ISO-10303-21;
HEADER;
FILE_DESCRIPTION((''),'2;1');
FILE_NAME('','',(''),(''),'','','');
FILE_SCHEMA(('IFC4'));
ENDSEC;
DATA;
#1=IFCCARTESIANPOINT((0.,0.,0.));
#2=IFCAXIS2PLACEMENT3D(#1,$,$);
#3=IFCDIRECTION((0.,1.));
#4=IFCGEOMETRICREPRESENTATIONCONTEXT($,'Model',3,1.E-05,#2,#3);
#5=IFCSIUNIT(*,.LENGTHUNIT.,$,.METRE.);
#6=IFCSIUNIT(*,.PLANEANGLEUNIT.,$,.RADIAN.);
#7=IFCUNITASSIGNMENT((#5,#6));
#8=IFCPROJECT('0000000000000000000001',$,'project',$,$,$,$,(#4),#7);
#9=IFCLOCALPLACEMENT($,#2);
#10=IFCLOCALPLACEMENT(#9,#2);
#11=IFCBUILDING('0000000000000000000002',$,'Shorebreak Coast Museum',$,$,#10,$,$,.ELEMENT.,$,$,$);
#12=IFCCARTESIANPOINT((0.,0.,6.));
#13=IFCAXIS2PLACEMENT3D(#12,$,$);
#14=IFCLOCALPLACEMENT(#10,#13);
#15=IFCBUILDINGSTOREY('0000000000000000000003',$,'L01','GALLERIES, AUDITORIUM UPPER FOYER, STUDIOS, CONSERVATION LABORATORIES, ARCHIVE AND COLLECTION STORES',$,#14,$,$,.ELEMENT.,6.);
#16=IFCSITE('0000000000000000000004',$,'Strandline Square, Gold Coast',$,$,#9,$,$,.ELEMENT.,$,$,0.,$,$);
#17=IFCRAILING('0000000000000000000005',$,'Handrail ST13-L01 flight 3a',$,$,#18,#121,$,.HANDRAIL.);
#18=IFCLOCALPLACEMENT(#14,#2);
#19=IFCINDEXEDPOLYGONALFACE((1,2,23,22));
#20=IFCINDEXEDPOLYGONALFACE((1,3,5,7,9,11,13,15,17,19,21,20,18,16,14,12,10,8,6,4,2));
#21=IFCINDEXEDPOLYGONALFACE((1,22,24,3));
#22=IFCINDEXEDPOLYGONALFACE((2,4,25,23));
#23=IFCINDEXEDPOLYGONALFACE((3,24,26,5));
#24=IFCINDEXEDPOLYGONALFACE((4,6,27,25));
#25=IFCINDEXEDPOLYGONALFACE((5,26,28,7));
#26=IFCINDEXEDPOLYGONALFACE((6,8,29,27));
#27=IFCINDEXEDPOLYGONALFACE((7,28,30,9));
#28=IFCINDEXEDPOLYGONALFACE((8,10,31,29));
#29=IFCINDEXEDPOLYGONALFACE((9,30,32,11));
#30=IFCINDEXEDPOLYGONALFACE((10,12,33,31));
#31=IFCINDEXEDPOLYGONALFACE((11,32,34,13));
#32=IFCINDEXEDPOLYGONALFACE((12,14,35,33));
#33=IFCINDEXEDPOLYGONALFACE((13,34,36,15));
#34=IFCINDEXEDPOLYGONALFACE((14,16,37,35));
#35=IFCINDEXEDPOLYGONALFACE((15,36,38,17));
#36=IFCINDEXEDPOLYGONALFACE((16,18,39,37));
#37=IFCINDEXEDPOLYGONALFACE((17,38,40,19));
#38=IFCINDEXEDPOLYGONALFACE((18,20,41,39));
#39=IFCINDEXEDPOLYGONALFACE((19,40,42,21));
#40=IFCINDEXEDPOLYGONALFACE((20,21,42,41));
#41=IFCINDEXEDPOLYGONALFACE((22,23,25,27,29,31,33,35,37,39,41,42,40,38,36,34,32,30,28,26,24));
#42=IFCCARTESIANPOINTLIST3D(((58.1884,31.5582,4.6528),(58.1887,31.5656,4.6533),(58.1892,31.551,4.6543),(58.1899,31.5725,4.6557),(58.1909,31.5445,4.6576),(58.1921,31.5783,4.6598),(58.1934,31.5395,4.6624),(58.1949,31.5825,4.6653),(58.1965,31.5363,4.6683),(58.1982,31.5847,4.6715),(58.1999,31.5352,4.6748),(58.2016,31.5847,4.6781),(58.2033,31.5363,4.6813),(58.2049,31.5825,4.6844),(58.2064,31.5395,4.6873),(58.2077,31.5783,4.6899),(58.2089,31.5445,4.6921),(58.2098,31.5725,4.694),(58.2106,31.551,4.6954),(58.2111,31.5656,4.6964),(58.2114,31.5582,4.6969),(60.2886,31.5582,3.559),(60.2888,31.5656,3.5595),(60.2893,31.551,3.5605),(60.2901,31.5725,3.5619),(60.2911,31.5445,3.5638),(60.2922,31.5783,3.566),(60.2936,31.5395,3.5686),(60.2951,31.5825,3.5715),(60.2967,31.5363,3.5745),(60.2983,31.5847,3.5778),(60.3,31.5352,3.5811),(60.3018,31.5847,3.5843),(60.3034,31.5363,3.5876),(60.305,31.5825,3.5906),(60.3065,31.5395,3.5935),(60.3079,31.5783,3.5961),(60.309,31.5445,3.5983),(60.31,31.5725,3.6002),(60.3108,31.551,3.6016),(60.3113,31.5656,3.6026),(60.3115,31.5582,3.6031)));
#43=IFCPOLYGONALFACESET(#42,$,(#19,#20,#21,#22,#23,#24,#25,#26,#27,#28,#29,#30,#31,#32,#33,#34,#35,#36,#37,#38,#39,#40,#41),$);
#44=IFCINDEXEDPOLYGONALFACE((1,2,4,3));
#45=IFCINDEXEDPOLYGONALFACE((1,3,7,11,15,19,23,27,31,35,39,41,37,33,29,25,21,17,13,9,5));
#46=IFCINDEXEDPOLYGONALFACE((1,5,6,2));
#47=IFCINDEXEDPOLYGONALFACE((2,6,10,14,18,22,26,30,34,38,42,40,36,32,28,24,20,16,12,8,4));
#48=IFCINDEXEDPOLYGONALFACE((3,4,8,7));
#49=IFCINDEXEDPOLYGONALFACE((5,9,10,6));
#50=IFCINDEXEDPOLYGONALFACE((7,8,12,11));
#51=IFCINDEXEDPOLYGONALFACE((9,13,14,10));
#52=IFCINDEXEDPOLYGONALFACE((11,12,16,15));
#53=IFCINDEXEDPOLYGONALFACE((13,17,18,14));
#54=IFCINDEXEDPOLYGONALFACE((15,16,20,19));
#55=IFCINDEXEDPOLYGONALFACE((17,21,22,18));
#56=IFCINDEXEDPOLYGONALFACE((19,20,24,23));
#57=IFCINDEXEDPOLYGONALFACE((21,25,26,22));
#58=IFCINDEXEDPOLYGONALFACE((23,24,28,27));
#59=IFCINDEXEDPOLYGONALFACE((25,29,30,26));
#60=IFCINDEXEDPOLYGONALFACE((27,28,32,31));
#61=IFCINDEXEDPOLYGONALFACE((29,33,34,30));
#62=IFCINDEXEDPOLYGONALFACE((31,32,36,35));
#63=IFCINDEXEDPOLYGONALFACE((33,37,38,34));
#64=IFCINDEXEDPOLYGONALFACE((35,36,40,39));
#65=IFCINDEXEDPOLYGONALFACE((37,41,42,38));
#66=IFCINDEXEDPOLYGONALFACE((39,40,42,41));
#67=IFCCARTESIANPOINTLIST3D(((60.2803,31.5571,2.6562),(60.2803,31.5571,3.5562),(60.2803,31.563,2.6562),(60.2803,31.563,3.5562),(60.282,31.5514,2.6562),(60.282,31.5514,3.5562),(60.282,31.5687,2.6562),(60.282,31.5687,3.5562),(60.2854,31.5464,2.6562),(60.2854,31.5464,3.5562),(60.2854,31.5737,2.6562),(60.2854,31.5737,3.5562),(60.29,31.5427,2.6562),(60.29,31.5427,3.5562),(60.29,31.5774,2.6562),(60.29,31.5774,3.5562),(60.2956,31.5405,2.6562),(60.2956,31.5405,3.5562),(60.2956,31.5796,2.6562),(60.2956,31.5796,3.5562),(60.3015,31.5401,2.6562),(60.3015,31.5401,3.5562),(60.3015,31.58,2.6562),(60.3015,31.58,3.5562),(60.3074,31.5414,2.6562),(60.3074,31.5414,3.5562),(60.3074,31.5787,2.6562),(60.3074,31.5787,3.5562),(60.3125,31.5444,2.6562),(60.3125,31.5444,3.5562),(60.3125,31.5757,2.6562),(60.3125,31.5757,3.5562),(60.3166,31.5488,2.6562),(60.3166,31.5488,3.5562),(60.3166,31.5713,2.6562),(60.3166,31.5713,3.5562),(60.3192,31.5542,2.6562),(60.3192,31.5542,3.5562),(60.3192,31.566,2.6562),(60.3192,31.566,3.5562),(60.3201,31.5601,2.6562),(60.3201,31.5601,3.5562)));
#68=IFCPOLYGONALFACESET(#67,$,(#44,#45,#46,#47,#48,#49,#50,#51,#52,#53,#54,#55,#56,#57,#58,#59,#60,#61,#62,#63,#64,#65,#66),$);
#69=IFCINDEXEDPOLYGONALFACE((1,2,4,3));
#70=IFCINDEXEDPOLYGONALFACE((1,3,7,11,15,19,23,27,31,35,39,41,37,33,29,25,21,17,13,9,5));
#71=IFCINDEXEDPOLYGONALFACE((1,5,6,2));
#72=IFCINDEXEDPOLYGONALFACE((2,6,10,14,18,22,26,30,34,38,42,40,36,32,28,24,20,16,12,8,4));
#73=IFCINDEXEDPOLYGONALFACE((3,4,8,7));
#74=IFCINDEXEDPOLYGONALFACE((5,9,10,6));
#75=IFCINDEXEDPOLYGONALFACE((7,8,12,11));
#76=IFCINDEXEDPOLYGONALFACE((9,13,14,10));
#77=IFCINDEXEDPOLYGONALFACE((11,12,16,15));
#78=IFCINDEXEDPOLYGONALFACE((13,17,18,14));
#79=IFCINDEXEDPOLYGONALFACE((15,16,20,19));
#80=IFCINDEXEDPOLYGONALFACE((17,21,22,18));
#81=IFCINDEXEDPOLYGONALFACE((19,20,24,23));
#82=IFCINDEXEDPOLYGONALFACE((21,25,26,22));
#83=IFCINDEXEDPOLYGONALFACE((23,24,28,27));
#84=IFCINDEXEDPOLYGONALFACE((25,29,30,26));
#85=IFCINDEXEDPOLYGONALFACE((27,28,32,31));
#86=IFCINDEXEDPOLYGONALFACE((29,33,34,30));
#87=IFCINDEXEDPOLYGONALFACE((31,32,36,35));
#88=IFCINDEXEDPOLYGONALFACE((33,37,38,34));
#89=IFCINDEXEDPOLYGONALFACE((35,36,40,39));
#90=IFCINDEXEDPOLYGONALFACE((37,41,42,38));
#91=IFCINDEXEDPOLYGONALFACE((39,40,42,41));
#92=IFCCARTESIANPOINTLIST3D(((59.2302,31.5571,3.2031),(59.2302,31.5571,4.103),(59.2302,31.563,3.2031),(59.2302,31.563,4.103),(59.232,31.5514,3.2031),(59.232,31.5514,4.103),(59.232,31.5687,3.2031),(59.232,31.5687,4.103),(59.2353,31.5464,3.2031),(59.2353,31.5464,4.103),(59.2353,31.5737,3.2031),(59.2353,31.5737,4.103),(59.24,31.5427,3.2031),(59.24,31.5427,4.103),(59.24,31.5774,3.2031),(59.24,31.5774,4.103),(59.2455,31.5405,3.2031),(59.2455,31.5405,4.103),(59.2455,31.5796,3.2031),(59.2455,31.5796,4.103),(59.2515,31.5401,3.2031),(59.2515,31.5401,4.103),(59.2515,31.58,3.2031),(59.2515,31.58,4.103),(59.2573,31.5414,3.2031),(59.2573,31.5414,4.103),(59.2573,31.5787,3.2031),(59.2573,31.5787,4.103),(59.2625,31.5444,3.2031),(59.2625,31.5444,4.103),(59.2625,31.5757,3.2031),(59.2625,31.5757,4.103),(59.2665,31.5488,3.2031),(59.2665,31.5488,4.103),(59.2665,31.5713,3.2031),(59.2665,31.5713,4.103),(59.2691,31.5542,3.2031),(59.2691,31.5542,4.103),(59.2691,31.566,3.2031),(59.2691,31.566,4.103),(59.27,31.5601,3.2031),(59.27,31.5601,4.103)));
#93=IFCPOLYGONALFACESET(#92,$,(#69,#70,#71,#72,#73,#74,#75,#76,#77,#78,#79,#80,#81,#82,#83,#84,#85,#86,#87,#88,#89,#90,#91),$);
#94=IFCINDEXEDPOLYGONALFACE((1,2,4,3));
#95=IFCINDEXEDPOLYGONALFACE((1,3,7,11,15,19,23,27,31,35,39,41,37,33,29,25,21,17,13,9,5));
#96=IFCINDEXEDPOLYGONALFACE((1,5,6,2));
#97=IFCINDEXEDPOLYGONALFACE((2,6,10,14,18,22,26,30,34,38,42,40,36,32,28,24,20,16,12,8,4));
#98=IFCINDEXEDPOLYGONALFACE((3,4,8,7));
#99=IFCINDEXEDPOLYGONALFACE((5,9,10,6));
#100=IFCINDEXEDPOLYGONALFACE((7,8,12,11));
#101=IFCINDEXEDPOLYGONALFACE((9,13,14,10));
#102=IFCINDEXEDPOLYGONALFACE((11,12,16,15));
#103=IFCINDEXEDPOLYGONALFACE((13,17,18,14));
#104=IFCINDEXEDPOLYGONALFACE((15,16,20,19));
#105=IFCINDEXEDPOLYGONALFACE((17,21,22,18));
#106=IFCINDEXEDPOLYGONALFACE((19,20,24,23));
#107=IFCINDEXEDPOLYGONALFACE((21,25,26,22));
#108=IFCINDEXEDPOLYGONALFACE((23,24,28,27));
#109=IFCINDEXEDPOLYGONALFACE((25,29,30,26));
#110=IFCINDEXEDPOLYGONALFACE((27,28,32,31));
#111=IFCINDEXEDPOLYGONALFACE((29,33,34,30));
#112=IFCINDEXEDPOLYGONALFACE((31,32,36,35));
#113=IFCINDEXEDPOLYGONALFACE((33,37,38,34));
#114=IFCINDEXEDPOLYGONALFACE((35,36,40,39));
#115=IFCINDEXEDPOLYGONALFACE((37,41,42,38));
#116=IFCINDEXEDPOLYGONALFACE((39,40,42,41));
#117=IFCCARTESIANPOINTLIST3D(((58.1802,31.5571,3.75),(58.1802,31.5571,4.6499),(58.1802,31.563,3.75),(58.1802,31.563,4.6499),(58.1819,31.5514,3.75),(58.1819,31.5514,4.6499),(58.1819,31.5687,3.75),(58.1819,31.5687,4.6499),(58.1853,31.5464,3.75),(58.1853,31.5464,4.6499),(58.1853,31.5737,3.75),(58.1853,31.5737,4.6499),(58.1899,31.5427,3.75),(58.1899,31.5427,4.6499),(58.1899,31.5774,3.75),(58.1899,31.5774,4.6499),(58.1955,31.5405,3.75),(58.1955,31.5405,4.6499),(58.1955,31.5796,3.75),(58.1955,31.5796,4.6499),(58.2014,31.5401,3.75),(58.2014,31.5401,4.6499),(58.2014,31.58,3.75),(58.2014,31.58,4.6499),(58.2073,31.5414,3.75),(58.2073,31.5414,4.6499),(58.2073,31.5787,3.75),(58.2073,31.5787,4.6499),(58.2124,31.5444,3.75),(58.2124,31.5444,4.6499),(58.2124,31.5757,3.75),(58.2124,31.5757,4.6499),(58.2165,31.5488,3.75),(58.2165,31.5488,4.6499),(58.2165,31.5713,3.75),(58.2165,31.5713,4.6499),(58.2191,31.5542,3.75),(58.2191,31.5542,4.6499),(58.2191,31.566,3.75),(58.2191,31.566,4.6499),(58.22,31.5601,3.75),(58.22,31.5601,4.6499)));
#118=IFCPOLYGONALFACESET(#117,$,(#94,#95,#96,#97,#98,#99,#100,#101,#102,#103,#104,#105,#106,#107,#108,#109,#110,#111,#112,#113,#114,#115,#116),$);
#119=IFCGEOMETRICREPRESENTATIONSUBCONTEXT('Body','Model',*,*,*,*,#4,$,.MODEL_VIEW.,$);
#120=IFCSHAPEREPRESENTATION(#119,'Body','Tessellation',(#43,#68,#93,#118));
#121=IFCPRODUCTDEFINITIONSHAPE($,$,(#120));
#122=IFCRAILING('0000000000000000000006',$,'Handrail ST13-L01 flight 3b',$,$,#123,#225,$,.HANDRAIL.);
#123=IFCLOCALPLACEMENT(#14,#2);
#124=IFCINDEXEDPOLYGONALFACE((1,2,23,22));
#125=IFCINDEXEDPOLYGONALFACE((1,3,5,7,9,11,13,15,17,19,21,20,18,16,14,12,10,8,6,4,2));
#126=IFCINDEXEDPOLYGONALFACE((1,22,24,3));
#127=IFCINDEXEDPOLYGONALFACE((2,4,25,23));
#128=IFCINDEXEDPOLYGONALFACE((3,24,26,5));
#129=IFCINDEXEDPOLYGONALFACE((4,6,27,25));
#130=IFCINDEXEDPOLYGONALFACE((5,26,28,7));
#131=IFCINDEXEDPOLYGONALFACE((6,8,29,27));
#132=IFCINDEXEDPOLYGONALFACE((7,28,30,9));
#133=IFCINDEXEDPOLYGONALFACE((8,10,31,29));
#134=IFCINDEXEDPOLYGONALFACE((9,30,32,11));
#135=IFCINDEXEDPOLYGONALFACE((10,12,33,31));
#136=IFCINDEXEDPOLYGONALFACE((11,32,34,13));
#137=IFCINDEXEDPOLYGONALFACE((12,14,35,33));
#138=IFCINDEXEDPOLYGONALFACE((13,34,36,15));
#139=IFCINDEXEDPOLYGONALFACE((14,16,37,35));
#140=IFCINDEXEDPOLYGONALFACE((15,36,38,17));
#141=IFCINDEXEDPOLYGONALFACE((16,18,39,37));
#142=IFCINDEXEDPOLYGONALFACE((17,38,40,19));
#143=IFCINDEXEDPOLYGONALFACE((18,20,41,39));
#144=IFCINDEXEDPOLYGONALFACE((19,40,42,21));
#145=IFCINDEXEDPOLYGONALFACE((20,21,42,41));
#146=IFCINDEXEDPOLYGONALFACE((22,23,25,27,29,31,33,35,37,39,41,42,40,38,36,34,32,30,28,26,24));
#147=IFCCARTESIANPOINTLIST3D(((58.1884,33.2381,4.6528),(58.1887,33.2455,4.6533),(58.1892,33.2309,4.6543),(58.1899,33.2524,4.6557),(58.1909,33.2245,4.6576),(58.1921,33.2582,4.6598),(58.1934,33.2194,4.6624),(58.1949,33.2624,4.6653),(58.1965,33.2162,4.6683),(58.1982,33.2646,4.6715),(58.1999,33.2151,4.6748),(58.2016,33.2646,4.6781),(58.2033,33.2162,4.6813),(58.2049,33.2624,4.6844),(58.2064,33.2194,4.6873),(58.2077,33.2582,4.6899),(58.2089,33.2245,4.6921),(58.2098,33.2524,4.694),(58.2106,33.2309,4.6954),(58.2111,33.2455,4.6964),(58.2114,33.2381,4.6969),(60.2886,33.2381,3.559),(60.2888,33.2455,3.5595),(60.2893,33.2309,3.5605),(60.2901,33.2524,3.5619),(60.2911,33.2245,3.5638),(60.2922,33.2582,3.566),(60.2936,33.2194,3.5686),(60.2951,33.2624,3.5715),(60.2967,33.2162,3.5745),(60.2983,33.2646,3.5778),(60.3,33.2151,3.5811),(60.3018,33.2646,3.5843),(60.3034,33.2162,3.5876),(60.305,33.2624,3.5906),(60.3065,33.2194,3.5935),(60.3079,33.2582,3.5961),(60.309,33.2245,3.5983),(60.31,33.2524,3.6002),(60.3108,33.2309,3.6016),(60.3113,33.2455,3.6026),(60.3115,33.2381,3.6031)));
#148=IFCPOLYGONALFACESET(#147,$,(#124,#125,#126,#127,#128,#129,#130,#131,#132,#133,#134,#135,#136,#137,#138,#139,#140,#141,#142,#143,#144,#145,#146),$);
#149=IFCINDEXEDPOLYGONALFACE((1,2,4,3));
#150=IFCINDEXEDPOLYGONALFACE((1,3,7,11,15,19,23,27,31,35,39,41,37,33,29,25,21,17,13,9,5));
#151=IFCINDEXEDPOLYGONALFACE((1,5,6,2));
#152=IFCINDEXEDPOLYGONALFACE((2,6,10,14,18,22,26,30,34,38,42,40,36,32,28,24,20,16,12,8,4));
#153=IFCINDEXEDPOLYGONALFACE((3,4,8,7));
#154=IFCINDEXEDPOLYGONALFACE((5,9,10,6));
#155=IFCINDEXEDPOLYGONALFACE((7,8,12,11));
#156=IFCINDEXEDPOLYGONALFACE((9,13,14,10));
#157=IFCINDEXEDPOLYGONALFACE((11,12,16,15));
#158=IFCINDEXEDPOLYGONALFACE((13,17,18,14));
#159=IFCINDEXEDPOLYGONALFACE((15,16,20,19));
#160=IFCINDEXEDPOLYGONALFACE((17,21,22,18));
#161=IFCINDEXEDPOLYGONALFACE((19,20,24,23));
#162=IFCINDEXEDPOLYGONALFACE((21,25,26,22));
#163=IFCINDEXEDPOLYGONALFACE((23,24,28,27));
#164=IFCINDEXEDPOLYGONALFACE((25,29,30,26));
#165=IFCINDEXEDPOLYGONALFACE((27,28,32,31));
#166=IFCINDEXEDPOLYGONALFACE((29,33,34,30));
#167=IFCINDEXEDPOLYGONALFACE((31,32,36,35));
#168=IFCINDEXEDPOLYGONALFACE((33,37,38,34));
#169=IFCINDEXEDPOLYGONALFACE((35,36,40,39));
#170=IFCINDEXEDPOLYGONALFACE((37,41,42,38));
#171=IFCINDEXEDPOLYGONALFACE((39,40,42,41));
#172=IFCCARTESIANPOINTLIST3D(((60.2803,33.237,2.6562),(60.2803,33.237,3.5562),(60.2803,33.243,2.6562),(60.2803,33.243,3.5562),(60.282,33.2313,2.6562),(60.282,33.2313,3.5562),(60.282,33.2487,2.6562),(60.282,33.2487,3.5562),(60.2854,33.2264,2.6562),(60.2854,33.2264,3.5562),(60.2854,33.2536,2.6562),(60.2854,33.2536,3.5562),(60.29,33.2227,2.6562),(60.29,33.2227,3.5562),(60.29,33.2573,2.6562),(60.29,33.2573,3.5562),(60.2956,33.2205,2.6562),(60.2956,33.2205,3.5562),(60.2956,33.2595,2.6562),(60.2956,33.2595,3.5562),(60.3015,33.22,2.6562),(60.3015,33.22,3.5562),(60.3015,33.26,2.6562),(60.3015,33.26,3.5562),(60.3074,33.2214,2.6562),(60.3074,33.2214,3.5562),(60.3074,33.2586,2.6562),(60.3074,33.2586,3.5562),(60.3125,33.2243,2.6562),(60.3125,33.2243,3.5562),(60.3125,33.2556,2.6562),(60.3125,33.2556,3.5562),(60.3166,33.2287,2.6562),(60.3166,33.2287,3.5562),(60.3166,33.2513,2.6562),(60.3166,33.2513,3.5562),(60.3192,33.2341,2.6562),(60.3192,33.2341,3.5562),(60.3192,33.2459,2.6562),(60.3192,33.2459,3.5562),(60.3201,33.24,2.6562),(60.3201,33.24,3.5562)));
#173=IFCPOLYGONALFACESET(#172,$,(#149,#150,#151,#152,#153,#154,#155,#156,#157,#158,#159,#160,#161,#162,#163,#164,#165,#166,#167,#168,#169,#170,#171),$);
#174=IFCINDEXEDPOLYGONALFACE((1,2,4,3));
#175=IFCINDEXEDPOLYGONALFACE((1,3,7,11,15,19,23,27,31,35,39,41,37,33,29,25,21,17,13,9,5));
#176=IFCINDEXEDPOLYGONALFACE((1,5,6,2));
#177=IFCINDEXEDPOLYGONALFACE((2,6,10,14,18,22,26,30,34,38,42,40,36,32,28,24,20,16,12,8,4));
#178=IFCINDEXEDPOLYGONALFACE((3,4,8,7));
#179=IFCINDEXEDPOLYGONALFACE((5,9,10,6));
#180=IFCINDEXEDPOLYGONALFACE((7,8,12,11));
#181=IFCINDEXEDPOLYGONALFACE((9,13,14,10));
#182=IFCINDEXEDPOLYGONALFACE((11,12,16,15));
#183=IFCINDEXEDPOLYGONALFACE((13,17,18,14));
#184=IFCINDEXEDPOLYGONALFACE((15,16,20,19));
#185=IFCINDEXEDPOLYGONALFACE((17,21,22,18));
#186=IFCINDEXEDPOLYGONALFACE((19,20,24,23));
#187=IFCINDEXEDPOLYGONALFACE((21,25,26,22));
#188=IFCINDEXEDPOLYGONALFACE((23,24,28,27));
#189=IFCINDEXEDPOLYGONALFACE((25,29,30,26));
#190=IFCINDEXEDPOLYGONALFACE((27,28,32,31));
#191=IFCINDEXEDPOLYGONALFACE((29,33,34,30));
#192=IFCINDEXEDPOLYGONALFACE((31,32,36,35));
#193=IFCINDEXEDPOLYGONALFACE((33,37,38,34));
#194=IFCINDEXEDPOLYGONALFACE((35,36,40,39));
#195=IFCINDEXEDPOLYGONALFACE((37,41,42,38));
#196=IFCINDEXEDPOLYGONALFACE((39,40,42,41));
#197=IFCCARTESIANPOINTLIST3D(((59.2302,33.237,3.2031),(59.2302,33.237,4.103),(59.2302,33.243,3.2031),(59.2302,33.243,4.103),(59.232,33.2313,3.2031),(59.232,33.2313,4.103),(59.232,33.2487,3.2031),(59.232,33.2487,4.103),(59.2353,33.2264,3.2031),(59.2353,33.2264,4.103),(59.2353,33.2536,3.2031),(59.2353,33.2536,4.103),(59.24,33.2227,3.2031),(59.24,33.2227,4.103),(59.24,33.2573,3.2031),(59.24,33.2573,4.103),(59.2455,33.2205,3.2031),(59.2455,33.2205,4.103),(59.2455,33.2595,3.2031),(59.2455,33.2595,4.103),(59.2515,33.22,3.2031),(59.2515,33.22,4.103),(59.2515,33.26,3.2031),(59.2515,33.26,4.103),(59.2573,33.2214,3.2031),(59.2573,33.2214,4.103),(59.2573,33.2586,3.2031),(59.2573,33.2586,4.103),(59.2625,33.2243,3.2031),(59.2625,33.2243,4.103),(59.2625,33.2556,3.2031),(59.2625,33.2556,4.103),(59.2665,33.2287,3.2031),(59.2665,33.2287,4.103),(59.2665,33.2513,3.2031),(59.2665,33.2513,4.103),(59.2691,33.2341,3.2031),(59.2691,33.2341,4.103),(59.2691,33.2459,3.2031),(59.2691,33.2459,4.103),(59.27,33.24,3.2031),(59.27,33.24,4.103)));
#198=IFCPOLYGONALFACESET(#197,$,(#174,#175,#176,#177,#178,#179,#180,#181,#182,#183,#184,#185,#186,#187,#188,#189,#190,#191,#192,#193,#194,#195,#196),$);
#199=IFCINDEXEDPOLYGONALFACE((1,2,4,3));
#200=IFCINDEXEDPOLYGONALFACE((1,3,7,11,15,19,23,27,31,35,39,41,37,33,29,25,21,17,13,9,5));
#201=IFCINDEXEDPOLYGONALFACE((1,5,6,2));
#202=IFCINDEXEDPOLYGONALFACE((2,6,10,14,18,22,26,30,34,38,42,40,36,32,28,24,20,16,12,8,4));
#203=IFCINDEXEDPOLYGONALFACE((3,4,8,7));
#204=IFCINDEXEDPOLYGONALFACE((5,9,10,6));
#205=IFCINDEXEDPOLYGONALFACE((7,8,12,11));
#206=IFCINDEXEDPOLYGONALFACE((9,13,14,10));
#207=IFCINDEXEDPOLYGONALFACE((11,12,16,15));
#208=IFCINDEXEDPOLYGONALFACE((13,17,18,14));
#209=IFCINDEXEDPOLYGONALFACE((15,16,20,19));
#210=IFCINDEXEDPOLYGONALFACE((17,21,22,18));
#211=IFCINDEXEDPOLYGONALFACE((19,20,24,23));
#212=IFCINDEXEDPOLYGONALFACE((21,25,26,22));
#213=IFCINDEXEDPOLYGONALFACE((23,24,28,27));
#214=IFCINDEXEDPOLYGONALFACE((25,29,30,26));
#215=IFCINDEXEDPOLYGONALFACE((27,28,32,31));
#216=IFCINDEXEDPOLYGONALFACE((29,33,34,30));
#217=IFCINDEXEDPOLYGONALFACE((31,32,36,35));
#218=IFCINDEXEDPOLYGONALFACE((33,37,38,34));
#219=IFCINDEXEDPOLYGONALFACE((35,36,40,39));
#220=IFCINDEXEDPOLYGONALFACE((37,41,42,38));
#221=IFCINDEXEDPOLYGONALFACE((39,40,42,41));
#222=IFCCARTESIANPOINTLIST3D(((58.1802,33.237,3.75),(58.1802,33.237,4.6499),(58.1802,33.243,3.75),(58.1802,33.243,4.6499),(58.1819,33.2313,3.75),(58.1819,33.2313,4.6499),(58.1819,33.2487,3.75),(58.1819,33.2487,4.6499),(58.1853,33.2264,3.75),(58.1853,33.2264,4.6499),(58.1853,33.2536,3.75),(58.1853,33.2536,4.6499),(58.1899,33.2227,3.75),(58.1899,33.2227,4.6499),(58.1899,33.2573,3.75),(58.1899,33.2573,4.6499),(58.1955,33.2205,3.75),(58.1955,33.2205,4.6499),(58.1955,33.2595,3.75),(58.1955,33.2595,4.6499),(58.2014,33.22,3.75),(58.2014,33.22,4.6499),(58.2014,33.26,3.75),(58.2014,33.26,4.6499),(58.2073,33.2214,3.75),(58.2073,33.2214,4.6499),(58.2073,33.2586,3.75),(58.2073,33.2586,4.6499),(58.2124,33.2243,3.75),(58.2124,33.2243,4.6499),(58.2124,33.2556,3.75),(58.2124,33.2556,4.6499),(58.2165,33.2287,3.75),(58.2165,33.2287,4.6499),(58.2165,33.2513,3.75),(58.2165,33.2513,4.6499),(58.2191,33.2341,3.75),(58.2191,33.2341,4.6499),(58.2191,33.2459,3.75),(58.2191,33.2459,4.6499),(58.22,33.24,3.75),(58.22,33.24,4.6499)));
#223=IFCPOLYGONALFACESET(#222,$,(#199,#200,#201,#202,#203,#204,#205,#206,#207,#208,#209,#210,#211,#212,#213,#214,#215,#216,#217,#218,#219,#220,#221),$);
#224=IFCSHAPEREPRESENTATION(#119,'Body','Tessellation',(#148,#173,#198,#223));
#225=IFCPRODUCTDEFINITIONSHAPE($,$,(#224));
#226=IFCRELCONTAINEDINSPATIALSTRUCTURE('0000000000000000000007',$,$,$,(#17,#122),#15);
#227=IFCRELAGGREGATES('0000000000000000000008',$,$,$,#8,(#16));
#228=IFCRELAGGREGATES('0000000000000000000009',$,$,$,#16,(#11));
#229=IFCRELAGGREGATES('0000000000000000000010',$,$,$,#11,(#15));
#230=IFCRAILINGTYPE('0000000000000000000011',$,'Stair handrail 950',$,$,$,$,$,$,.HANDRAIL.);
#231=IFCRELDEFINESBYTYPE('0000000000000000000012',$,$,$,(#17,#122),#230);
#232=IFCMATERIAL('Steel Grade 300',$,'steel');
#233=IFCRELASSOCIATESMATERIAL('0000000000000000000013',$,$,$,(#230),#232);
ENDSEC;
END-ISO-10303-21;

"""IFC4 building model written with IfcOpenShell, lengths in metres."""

from ifc_helpers import new_model, si_unit, direction, frame, origin, origin_2d, place, context, subcontext, project, spatial, circle, extrude, material, type_object, element, save


model = new_model("IFC4")

# Units and contexts
model_context = context("Model", 3, precision=1e-05, world=origin(), true_north=direction((0.0, 1.0)))
body_context = subcontext(model_context, "Body", "Model", "MODEL_VIEW")
ifc_project = project(units=[si_unit("LENGTHUNIT", "METRE"), si_unit("PLANEANGLEUNIT", "RADIAN")], contexts=[model_context])

# Site, building, storey
site_placement = place(None, origin())
site = spatial("IfcSite", under=ifc_project, at=site_placement, Name="Strandline Square, Gold Coast", CompositionType="ELEMENT", RefElevation=0.0)
building_placement = place(site_placement, origin())
building = spatial("IfcBuilding", under=site, at=building_placement, Name="Shorebreak Coast Museum", CompositionType="ELEMENT")
storey_placement = place(building_placement, frame((0.0, 0.0, 6.0)))
storey = spatial("IfcBuildingStorey", under=building, at=storey_placement, Name="L01", Description="GALLERIES, AUDITORIUM UPPER FOYER, STUDIOS, CONSERVATION LABORATORIES, ARCHIVE AND COLLECTION STORES", CompositionType="ELEMENT", Elevation=6.0)

# Railings
ifc_material_1 = material(Name="Steel Grade 300", Category="steel")
railing_type_1 = type_object("IfcRailingType", Name="Stair handrail 950", PredefinedType="HANDRAIL", material=ifc_material_1)
for number, where, name in (
    (1, (60.3, 31.5601, 2.6562), "Handrail ST13-L01 flight 3a"),
    (2, (60.3, 33.24, 2.6562), "Handrail ST13-L01 flight 3b"),
):
    element("IfcRailing", number, at=place(storey_placement, frame(where)), inside=storey, type_object=railing_type_1, Name=name, PredefinedType="HANDRAIL", context=body_context, shape_type="SweptSolid", body=[
        extrude(circle(Radius=0.0249, at=origin_2d()), frame((0.0, 0.0, 0.9248), z_axis=(-0.886923, 0.0, 0.461918), x_axis=(0.0, -1.0, 0.0)), (0.0, 0.0, 1.0), 2.3679),
        extrude(circle(Radius=0.02, at=origin_2d()), origin(), (0.0, 0.0, 1.0), 0.8999),
        extrude(circle(Radius=0.02, at=origin_2d()), frame((-1.05, 0.0, 0.5469)), (0.0, 0.0, 1.0), 0.8999),
        extrude(circle(Radius=0.02, at=origin_2d()), frame((-2.1001, 0.0, 1.0938)), (0.0, 0.0, 1.0), 0.8999),
    ])

save(model, "model.ifc")
